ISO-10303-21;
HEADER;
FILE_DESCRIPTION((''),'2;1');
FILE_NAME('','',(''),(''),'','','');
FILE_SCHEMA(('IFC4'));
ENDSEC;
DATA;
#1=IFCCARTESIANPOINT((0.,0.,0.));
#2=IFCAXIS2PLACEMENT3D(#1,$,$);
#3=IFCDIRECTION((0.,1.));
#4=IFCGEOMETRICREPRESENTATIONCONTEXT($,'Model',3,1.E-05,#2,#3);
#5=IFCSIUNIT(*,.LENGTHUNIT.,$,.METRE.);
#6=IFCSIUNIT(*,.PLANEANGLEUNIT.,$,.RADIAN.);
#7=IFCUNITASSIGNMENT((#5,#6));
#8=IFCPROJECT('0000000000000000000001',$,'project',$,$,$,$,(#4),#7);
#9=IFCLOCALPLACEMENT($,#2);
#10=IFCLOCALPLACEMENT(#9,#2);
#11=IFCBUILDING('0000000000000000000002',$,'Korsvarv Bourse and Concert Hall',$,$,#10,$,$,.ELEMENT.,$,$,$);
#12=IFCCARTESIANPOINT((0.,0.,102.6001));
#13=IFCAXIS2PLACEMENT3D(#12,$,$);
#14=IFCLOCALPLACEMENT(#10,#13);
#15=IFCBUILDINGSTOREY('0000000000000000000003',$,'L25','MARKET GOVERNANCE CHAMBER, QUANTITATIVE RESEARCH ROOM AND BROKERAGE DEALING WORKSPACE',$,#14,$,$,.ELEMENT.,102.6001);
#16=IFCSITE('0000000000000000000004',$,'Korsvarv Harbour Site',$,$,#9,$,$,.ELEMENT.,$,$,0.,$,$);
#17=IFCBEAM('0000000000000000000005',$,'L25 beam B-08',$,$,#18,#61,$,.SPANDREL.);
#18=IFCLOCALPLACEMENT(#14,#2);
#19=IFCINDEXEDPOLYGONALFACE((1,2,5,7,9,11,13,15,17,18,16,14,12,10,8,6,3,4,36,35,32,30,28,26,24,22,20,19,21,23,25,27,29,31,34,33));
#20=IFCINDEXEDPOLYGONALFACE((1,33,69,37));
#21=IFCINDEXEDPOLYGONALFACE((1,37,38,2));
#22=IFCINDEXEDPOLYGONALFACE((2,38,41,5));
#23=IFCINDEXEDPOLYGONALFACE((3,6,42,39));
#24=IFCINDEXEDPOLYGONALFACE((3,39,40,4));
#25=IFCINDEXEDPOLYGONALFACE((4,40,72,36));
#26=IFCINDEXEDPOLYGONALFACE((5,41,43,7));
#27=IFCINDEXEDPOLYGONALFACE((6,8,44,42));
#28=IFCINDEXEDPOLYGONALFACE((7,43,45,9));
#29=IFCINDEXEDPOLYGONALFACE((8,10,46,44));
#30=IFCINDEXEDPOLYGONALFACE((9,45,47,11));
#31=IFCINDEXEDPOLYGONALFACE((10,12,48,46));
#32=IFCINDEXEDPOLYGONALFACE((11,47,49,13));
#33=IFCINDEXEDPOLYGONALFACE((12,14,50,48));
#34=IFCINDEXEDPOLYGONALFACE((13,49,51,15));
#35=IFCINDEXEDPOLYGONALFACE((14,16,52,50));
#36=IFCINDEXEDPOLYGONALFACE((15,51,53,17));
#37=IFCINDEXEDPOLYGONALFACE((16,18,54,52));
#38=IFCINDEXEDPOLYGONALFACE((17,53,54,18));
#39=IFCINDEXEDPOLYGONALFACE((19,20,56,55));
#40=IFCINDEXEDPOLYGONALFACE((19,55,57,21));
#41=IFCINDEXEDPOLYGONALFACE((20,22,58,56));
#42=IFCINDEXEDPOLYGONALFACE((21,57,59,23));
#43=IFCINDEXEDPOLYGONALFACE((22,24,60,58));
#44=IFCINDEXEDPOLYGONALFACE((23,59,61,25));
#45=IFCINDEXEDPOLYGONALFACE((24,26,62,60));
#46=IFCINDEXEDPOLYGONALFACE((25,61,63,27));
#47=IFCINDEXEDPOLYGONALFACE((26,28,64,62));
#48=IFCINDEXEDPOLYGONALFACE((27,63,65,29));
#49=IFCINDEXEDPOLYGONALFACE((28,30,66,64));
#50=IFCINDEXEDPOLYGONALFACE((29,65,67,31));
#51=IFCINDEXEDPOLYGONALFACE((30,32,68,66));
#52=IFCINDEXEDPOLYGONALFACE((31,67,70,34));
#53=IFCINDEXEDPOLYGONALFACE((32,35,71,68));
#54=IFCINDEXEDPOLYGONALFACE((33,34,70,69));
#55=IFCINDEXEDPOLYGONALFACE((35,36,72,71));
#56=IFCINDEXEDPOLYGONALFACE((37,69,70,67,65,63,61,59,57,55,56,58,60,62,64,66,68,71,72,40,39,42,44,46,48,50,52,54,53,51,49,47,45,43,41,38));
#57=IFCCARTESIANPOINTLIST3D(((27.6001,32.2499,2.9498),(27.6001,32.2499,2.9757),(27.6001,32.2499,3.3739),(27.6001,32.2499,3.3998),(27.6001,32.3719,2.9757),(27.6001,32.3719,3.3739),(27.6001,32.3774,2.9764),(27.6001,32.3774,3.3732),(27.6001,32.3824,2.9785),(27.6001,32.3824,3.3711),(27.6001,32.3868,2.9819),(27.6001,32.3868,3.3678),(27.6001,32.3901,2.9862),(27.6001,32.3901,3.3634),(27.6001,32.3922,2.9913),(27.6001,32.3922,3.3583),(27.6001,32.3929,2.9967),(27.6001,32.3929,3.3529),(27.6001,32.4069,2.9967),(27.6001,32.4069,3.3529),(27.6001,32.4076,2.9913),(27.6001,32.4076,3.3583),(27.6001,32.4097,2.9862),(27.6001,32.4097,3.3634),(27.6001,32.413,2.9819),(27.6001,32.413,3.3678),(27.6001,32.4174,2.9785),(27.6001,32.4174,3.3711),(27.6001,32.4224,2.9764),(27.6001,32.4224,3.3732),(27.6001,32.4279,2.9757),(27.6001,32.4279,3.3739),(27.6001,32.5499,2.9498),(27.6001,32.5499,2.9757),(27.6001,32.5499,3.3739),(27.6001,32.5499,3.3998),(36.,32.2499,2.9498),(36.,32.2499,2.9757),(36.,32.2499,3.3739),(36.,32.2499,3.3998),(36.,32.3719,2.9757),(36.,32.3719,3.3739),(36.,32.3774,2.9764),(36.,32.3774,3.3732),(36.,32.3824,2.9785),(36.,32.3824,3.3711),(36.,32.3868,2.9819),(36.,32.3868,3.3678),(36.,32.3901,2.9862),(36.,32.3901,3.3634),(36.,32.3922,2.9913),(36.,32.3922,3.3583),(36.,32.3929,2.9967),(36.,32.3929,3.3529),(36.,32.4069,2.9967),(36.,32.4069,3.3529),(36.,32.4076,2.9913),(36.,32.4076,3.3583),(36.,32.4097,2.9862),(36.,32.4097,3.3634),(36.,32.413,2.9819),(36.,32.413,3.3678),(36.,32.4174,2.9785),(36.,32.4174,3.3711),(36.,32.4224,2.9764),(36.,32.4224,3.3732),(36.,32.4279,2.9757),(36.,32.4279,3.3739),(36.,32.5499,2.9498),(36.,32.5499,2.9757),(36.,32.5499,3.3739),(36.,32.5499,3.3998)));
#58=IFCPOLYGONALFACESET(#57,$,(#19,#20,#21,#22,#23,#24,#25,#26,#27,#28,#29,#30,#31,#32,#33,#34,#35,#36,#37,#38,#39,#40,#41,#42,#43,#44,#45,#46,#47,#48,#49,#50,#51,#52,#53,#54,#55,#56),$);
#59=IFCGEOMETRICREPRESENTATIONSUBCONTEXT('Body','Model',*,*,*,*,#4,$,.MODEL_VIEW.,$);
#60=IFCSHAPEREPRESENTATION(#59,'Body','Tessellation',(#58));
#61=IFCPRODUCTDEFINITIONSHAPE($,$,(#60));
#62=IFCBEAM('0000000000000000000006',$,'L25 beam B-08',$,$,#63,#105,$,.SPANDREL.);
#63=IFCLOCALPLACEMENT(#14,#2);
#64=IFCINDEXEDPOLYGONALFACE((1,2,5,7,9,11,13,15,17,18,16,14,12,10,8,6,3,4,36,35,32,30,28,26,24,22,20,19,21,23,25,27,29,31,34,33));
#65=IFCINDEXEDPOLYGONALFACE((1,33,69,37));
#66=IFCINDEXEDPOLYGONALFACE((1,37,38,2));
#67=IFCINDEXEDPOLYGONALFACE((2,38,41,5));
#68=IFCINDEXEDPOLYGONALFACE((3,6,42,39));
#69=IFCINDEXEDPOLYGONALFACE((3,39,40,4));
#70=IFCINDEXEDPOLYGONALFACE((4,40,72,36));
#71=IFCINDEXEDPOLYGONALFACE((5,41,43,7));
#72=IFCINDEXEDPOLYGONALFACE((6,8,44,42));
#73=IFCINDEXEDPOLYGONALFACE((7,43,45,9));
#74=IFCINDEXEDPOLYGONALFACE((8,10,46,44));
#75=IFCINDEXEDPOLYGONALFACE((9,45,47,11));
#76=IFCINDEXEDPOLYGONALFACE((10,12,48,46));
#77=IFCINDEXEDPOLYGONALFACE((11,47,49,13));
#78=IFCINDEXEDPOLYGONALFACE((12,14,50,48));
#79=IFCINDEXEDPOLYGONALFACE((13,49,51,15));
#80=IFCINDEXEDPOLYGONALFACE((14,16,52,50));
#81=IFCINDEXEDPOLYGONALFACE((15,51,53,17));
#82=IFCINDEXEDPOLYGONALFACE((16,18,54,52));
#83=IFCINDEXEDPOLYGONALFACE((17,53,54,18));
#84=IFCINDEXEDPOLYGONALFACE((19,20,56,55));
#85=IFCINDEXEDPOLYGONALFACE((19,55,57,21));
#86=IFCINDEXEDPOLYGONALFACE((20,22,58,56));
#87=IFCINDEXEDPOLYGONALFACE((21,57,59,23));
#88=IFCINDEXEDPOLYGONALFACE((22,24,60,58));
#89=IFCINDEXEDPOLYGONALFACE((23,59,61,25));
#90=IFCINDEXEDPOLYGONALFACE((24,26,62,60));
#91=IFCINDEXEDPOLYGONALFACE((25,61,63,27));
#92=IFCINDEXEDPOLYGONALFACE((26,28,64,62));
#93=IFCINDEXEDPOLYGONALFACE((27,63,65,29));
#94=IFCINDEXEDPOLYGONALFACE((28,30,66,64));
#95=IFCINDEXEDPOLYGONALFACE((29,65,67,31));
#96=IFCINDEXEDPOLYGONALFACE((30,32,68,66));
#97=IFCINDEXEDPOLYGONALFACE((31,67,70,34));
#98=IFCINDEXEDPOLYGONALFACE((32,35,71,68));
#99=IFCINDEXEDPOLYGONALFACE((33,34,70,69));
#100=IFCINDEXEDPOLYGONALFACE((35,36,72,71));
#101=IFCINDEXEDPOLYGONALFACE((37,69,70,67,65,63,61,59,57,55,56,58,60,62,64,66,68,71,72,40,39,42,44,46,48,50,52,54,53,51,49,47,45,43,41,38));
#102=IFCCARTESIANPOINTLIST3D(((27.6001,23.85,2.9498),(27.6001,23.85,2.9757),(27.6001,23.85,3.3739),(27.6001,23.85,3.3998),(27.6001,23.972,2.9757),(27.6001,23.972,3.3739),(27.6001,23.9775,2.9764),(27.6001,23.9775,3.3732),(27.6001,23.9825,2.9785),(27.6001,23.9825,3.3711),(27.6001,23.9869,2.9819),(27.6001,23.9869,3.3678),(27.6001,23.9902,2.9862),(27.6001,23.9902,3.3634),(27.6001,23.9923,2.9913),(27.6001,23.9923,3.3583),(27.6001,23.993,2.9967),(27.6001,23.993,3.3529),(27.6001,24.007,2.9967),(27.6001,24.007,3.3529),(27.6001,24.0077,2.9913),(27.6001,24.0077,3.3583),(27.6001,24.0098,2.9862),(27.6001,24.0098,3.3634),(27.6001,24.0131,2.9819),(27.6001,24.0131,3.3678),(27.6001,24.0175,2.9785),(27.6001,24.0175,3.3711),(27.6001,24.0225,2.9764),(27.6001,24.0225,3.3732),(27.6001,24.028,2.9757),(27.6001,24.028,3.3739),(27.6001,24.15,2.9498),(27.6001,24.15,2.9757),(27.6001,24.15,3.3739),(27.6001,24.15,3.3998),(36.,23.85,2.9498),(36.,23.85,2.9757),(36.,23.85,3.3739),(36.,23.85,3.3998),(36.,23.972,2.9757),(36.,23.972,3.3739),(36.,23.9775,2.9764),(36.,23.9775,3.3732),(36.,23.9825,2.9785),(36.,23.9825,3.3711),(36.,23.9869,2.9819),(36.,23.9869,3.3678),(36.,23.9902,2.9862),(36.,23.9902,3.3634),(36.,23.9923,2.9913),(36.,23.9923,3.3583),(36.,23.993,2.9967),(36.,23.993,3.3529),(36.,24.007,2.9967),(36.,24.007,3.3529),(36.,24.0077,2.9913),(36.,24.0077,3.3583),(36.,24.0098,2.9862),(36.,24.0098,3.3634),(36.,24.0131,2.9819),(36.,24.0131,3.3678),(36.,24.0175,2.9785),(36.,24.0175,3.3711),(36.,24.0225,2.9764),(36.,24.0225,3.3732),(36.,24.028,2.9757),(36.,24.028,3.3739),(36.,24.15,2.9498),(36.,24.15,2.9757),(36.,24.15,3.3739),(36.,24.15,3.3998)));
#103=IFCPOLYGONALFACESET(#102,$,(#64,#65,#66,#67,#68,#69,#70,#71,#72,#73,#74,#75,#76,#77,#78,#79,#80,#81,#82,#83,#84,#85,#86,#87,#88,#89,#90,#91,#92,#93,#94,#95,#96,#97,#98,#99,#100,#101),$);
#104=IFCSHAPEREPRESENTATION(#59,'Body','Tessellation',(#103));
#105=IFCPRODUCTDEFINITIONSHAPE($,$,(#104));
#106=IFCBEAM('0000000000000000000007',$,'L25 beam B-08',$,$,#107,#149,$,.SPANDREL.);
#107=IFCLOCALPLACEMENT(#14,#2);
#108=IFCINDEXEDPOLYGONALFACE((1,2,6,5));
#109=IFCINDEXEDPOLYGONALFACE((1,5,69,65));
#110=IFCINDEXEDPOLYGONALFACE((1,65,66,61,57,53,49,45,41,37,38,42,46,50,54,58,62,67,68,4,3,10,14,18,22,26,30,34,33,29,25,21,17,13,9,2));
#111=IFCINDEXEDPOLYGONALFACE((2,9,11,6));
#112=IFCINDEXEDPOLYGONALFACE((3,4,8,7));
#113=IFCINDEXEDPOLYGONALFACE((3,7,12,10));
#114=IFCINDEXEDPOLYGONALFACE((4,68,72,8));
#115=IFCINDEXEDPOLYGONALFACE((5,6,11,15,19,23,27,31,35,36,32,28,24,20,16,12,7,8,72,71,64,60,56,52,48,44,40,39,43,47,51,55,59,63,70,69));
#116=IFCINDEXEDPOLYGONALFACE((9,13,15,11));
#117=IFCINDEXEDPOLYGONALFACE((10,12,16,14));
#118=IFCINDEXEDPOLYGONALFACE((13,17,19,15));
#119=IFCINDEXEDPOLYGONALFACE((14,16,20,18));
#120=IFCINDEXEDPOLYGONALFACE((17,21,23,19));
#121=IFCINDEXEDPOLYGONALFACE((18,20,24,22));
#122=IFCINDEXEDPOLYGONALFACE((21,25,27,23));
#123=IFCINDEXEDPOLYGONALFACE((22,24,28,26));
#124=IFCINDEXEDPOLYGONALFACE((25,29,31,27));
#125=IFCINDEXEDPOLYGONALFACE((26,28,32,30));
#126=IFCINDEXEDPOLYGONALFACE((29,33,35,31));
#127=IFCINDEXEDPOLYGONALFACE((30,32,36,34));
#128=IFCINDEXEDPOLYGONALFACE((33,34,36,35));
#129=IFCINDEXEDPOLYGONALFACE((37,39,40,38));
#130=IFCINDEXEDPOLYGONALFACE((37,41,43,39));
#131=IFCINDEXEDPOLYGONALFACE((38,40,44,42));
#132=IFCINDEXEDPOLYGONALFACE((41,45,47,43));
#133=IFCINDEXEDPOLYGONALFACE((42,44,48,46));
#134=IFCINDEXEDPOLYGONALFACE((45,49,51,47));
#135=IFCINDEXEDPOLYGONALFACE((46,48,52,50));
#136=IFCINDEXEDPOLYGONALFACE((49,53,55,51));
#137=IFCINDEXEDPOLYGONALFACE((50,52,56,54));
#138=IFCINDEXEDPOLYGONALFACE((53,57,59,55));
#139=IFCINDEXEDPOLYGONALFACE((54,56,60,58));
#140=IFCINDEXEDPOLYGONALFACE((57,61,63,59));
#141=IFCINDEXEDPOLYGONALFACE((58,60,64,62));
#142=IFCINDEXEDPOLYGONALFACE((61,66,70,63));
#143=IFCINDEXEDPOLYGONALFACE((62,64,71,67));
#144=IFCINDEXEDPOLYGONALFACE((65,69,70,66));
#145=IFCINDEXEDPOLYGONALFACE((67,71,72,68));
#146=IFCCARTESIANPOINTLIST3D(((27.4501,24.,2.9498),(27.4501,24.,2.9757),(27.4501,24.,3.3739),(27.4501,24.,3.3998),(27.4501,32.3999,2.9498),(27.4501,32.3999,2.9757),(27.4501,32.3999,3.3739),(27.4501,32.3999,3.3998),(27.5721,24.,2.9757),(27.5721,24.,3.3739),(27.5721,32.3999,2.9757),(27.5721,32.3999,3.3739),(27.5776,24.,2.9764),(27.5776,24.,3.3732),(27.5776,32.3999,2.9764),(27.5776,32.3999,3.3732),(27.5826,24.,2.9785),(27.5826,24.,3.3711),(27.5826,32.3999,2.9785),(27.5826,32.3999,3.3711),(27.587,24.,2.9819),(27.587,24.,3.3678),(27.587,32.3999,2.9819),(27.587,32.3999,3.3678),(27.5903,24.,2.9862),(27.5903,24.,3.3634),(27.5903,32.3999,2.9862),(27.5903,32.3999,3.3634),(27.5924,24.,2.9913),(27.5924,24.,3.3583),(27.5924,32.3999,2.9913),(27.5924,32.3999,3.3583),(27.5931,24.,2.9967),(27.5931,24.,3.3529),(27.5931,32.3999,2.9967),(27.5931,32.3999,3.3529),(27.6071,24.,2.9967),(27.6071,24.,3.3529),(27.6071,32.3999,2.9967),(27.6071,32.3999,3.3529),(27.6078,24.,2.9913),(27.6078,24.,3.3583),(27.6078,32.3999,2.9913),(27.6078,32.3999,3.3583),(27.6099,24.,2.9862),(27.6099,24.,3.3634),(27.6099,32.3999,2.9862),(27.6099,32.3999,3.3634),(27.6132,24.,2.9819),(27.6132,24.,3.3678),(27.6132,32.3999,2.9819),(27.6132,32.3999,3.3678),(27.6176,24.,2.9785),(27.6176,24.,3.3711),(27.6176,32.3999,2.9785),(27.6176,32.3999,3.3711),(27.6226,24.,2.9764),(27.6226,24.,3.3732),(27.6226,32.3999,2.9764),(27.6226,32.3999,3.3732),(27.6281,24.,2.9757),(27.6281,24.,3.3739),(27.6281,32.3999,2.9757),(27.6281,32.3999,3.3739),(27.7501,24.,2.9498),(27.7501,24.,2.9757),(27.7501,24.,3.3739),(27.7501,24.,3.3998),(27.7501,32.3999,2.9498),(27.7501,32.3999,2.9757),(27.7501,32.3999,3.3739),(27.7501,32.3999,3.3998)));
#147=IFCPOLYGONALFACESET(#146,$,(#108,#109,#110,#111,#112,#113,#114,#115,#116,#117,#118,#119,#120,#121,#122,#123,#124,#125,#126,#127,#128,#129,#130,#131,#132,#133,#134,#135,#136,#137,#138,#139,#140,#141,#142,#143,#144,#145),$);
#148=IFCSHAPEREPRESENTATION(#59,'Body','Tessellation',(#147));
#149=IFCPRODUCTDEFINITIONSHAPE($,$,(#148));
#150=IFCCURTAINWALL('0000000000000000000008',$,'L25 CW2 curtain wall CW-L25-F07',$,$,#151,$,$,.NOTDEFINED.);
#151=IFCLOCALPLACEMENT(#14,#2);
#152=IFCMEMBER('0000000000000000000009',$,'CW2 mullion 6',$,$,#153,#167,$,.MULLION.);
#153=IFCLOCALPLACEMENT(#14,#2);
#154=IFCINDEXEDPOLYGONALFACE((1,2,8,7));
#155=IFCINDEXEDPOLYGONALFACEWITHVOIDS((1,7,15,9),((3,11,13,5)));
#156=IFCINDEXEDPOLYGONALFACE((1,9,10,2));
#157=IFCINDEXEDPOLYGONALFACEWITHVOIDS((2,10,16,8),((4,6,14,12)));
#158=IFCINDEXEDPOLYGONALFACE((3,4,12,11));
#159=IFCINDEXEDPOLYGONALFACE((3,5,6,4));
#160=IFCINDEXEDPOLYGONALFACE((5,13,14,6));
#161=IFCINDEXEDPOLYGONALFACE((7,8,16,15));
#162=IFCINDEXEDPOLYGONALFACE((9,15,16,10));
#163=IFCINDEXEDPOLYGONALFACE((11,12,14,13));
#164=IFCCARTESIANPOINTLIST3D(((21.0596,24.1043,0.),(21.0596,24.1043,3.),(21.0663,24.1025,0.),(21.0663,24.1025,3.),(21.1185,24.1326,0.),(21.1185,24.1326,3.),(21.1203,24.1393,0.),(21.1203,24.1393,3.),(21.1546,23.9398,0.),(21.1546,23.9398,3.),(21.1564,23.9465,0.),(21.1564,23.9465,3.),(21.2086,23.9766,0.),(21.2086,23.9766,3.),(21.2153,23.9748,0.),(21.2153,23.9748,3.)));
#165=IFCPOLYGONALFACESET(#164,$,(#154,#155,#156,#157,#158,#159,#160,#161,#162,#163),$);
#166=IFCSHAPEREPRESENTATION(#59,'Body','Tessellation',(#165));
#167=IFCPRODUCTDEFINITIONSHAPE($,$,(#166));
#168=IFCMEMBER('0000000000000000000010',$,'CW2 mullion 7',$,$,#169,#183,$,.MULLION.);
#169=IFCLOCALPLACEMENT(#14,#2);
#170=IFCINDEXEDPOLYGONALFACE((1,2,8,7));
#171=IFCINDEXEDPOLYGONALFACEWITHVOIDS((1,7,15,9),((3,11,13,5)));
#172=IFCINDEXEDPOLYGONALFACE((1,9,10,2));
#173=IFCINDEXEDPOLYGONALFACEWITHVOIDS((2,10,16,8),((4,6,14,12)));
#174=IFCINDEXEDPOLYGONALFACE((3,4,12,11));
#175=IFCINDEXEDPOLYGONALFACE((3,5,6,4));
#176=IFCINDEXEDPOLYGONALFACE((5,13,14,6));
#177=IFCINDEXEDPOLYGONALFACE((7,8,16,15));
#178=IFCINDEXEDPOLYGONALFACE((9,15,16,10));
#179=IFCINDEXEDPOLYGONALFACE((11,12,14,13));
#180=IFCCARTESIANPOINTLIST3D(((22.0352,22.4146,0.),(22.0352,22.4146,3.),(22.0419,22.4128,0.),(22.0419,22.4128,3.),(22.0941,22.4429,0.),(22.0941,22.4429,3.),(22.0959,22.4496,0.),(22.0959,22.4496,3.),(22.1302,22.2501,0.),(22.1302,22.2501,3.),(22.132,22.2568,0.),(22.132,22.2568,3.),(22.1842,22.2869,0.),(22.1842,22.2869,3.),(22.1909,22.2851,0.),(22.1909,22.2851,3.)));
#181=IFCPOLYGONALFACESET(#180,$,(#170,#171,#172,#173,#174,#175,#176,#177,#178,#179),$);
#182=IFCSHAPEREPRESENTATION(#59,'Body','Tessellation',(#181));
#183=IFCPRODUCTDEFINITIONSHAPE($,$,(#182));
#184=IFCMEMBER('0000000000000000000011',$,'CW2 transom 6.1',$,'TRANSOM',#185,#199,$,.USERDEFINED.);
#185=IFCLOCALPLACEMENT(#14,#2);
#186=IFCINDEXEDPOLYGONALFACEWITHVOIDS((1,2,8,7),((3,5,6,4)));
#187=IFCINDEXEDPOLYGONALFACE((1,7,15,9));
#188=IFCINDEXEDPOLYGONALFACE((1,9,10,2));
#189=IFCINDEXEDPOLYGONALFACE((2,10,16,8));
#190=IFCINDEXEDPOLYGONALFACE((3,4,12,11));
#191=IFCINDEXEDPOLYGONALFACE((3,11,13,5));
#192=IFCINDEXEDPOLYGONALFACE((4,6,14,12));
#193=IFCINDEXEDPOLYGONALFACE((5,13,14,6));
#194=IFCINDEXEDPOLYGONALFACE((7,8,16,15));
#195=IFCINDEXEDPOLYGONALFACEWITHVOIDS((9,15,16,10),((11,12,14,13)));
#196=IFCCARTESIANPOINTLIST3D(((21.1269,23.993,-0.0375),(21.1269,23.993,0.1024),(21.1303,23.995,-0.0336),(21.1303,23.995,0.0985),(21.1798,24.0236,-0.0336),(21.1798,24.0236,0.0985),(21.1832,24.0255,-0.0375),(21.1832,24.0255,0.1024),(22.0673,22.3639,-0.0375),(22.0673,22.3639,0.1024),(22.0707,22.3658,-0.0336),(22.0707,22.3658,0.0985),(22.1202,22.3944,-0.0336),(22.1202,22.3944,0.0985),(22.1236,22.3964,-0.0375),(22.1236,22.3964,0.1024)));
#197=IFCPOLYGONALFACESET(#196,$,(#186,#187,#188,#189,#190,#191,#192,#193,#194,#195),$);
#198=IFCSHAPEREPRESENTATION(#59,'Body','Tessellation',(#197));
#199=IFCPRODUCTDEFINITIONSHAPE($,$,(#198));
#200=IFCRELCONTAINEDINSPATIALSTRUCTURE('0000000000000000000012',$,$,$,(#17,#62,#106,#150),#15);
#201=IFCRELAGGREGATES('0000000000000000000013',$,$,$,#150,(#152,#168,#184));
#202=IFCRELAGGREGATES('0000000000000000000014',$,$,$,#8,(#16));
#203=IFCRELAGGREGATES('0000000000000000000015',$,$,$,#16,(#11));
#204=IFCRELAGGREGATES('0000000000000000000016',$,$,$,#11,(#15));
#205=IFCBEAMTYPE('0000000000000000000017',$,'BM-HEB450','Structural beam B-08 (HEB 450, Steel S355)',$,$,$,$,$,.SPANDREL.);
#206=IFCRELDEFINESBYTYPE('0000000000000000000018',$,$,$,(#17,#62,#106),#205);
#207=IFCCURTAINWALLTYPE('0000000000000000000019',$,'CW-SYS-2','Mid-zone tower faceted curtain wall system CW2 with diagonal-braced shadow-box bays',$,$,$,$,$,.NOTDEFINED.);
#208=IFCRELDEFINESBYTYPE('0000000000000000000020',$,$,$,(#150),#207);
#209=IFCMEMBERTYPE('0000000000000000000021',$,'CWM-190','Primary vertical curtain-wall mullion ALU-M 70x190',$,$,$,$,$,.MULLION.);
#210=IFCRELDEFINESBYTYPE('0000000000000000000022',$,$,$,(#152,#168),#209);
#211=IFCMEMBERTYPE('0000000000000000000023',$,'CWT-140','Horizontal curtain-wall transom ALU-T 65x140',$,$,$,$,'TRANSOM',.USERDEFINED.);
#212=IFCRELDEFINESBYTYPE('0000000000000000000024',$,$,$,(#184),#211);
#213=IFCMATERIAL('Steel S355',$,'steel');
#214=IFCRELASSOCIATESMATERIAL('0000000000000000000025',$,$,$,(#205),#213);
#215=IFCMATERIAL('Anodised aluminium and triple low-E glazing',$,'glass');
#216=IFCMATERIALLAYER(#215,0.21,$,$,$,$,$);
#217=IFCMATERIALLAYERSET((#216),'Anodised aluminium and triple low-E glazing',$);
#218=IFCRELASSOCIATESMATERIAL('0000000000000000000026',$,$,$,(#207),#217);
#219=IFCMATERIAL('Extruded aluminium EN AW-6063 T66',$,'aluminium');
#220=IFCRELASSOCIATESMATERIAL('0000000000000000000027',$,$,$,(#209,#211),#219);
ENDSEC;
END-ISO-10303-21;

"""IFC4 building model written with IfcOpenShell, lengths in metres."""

from ifc_helpers import new_model, si_unit, direction, frame, origin, origin_2d, place, context, subcontext, project, spatial, hollow_rectangle, i_section, extrude, source, transform, mapped, material, layer, layer_set, material_profile, profile_set, type_object, element, aggregate, save


model = new_model("IFC4")

# Units and contexts
model_context = context("Model", 3, precision=1e-05, world=origin(), true_north=direction((0.0, 1.0)))
body_context = subcontext(model_context, "Body", "Model", "MODEL_VIEW")
ifc_project = project(units=[si_unit("LENGTHUNIT", "METRE"), si_unit("PLANEANGLEUNIT", "RADIAN")], contexts=[model_context])

# Site, building, storey
site_placement = place(None, origin())
site = spatial("IfcSite", under=ifc_project, at=site_placement, Name="Korsvarv Harbour Site", CompositionType="ELEMENT", RefElevation=0.0)
building_placement = place(site_placement, origin())
building = spatial("IfcBuilding", under=site, at=building_placement, Name="Korsvarv Bourse and Concert Hall", CompositionType="ELEMENT")
storey_placement = place(building_placement, frame((0.0, 0.0, 102.6001)))
storey = spatial("IfcBuildingStorey", under=building, at=storey_placement, Name="L25", Description="MARKET GOVERNANCE CHAMBER, QUANTITATIVE RESEARCH ROOM AND BROKERAGE DEALING WORKSPACE", CompositionType="ELEMENT", Elevation=102.6001)

# Beams
ifc_material_1 = material(Name="Steel S355", Category="steel")
ifc_material_profile_1 = material_profile(ifc_material_1, i_section(OverallWidth=0.3, OverallDepth=0.45, WebThickness=0.0139, FlangeThickness=0.0259, FilletRadius=0.021, at=origin_2d()), Name="HEB 450")
ifc_profile_set_1 = profile_set([ifc_material_profile_1], Name="Steel S355")
beam_type_1 = type_object("IfcBeamType", Name="BM-HEB450", Description="Structural beam B-08 (HEB 450, Steel S355)", PredefinedType="SPANDREL", material=ifc_profile_set_1)
shared_shape_1 = source(origin(), body_context, "Body", "SweptSolid", [
    extrude(i_section(OverallWidth=0.3, OverallDepth=0.45, WebThickness=0.0139, FlangeThickness=0.0259, FilletRadius=0.021, at=origin_2d()), origin(), (0.0, 0.0, 1.0), 8.3999),
])
for number, where, z_axis, x_axis, name in (
    (1, (27.6001, 32.3999, 3.1748), (1.0, 0.0, 0.0), (0.0, 1.0, 0.0), "L25 beam B-08"),
    (2, (27.6001, 24.0, 3.1748), (1.0, 0.0, 0.0), (0.0, 1.0, 0.0), "L25 beam B-08"),
    (3, (27.6001, 24.0, 3.1748), (0.0, 1.0, 0.0), (-1.0, 0.0, 0.0), "L25 beam B-08"),
):
    element("IfcBeam", number, at=place(storey_placement, frame(where, z_axis=z_axis, x_axis=x_axis)), inside=storey, type_object=beam_type_1, Name=name, PredefinedType="SPANDREL", context=body_context, shape_type="MappedRepresentation", body=[
        mapped(shared_shape_1, transform((0.0, 0.0, 0.0), scale=1.0)),
    ])

# Curtain wall, members
ifc_material_2 = material(Name="Anodised aluminium and triple low-E glazing", Category="glass")
ifc_layer_1 = layer(ifc_material_2, 0.21)
ifc_layer_set_1 = layer_set([ifc_layer_1], Name="Anodised aluminium and triple low-E glazing")
curtain_wall_type = type_object("IfcCurtainWallType", Name="CW-SYS-2", Description="Mid-zone tower faceted curtain wall system CW2 with diagonal-braced shadow-box bays", PredefinedType="NOTDEFINED", material=ifc_layer_set_1)
curtain_wall_placement = place(storey_placement, origin())
curtain_wall = element("IfcCurtainWall", 4, at=curtain_wall_placement, inside=storey, type_object=curtain_wall_type, Name="L25 CW2 curtain wall CW-L25-F07", PredefinedType="NOTDEFINED")
ifc_material_3 = material(Name="Extruded aluminium EN AW-6063 T66", Category="aluminium")
ifc_material_profile_2 = material_profile(ifc_material_3, hollow_rectangle(XDim=0.0701, YDim=0.1899, WallThickness=0.0049, at=origin_2d()), Name="ALU-M 70x190")
ifc_profile_set_2 = profile_set([ifc_material_profile_2], Name="Extruded aluminium EN AW-6063 T66")
member_type_1 = type_object("IfcMemberType", Name="CWM-190", Description="Primary vertical curtain-wall mullion ALU-M 70x190", PredefinedType="MULLION", material=ifc_profile_set_2)
shared_shape_2 = source(origin(), body_context, "Body", "SweptSolid", [
    extrude(hollow_rectangle(XDim=0.0701, YDim=0.1899, WallThickness=0.0049, at=origin_2d()), origin(), (0.0, 0.0, 1.0), 3.0),
])
member_1_placement = place(storey_placement, frame((21.1375, 24.0396, 0.0), z_axis=(0.0, 0.0, 1.0), x_axis=(0.866024, 0.500002, 0.0)))
member_1 = element("IfcMember", 5, at=member_1_placement, type_object=member_type_1, Name="CW2 mullion 6", PredefinedType="MULLION", context=body_context, shape_type="MappedRepresentation", body=[
    mapped(shared_shape_2, transform((0.0, 0.0, 0.0), scale=1.0)),
])
member_2_placement = place(storey_placement, frame((22.113, 22.3499, 0.0), z_axis=(0.0, 0.0, 1.0), x_axis=(0.866024, 0.500002, 0.0)))
member_2 = element("IfcMember", 6, at=member_2_placement, type_object=member_type_1, Name="CW2 mullion 7", PredefinedType="MULLION", context=body_context, shape_type="MappedRepresentation", body=[
    mapped(shared_shape_2, transform((0.0, 0.0, 0.0), scale=1.0)),
])
ifc_material_profile_3 = material_profile(ifc_material_3, hollow_rectangle(XDim=0.0649, YDim=0.1399, WallThickness=0.0039, at=origin_2d()), Name="ALU-T 65x140")
ifc_profile_set_3 = profile_set([ifc_material_profile_3], Name="Extruded aluminium EN AW-6063 T66")
member_type_2 = type_object("IfcMemberType", Name="CWT-140", Description="Horizontal curtain-wall transom ALU-T 65x140", ElementType="TRANSOM", PredefinedType="USERDEFINED", material=ifc_profile_set_3)
shared_shape_3 = source(origin(), body_context, "Body", "SweptSolid", [
    extrude(hollow_rectangle(XDim=0.0649, YDim=0.1399, WallThickness=0.0039, at=origin_2d()), origin(), (0.0, 0.0, 1.0), 1.8811),
])
member_3_placement = place(storey_placement, frame((21.155, 24.0093, 0.0325), z_axis=(0.499936, -0.866062, 0.0), x_axis=(0.866062, 0.499936, 0.0)))
member_3 = element("IfcMember", 7, at=member_3_placement, type_object=member_type_2, Name="CW2 transom 6.1", ObjectType="TRANSOM", PredefinedType="USERDEFINED", context=body_context, shape_type="MappedRepresentation", body=[
    mapped(shared_shape_3, transform((0.0, 0.0, 0.0), scale=1.0)),
])
aggregate(curtain_wall, [member_1, member_2, member_3])

save(model, "model.ifc")
